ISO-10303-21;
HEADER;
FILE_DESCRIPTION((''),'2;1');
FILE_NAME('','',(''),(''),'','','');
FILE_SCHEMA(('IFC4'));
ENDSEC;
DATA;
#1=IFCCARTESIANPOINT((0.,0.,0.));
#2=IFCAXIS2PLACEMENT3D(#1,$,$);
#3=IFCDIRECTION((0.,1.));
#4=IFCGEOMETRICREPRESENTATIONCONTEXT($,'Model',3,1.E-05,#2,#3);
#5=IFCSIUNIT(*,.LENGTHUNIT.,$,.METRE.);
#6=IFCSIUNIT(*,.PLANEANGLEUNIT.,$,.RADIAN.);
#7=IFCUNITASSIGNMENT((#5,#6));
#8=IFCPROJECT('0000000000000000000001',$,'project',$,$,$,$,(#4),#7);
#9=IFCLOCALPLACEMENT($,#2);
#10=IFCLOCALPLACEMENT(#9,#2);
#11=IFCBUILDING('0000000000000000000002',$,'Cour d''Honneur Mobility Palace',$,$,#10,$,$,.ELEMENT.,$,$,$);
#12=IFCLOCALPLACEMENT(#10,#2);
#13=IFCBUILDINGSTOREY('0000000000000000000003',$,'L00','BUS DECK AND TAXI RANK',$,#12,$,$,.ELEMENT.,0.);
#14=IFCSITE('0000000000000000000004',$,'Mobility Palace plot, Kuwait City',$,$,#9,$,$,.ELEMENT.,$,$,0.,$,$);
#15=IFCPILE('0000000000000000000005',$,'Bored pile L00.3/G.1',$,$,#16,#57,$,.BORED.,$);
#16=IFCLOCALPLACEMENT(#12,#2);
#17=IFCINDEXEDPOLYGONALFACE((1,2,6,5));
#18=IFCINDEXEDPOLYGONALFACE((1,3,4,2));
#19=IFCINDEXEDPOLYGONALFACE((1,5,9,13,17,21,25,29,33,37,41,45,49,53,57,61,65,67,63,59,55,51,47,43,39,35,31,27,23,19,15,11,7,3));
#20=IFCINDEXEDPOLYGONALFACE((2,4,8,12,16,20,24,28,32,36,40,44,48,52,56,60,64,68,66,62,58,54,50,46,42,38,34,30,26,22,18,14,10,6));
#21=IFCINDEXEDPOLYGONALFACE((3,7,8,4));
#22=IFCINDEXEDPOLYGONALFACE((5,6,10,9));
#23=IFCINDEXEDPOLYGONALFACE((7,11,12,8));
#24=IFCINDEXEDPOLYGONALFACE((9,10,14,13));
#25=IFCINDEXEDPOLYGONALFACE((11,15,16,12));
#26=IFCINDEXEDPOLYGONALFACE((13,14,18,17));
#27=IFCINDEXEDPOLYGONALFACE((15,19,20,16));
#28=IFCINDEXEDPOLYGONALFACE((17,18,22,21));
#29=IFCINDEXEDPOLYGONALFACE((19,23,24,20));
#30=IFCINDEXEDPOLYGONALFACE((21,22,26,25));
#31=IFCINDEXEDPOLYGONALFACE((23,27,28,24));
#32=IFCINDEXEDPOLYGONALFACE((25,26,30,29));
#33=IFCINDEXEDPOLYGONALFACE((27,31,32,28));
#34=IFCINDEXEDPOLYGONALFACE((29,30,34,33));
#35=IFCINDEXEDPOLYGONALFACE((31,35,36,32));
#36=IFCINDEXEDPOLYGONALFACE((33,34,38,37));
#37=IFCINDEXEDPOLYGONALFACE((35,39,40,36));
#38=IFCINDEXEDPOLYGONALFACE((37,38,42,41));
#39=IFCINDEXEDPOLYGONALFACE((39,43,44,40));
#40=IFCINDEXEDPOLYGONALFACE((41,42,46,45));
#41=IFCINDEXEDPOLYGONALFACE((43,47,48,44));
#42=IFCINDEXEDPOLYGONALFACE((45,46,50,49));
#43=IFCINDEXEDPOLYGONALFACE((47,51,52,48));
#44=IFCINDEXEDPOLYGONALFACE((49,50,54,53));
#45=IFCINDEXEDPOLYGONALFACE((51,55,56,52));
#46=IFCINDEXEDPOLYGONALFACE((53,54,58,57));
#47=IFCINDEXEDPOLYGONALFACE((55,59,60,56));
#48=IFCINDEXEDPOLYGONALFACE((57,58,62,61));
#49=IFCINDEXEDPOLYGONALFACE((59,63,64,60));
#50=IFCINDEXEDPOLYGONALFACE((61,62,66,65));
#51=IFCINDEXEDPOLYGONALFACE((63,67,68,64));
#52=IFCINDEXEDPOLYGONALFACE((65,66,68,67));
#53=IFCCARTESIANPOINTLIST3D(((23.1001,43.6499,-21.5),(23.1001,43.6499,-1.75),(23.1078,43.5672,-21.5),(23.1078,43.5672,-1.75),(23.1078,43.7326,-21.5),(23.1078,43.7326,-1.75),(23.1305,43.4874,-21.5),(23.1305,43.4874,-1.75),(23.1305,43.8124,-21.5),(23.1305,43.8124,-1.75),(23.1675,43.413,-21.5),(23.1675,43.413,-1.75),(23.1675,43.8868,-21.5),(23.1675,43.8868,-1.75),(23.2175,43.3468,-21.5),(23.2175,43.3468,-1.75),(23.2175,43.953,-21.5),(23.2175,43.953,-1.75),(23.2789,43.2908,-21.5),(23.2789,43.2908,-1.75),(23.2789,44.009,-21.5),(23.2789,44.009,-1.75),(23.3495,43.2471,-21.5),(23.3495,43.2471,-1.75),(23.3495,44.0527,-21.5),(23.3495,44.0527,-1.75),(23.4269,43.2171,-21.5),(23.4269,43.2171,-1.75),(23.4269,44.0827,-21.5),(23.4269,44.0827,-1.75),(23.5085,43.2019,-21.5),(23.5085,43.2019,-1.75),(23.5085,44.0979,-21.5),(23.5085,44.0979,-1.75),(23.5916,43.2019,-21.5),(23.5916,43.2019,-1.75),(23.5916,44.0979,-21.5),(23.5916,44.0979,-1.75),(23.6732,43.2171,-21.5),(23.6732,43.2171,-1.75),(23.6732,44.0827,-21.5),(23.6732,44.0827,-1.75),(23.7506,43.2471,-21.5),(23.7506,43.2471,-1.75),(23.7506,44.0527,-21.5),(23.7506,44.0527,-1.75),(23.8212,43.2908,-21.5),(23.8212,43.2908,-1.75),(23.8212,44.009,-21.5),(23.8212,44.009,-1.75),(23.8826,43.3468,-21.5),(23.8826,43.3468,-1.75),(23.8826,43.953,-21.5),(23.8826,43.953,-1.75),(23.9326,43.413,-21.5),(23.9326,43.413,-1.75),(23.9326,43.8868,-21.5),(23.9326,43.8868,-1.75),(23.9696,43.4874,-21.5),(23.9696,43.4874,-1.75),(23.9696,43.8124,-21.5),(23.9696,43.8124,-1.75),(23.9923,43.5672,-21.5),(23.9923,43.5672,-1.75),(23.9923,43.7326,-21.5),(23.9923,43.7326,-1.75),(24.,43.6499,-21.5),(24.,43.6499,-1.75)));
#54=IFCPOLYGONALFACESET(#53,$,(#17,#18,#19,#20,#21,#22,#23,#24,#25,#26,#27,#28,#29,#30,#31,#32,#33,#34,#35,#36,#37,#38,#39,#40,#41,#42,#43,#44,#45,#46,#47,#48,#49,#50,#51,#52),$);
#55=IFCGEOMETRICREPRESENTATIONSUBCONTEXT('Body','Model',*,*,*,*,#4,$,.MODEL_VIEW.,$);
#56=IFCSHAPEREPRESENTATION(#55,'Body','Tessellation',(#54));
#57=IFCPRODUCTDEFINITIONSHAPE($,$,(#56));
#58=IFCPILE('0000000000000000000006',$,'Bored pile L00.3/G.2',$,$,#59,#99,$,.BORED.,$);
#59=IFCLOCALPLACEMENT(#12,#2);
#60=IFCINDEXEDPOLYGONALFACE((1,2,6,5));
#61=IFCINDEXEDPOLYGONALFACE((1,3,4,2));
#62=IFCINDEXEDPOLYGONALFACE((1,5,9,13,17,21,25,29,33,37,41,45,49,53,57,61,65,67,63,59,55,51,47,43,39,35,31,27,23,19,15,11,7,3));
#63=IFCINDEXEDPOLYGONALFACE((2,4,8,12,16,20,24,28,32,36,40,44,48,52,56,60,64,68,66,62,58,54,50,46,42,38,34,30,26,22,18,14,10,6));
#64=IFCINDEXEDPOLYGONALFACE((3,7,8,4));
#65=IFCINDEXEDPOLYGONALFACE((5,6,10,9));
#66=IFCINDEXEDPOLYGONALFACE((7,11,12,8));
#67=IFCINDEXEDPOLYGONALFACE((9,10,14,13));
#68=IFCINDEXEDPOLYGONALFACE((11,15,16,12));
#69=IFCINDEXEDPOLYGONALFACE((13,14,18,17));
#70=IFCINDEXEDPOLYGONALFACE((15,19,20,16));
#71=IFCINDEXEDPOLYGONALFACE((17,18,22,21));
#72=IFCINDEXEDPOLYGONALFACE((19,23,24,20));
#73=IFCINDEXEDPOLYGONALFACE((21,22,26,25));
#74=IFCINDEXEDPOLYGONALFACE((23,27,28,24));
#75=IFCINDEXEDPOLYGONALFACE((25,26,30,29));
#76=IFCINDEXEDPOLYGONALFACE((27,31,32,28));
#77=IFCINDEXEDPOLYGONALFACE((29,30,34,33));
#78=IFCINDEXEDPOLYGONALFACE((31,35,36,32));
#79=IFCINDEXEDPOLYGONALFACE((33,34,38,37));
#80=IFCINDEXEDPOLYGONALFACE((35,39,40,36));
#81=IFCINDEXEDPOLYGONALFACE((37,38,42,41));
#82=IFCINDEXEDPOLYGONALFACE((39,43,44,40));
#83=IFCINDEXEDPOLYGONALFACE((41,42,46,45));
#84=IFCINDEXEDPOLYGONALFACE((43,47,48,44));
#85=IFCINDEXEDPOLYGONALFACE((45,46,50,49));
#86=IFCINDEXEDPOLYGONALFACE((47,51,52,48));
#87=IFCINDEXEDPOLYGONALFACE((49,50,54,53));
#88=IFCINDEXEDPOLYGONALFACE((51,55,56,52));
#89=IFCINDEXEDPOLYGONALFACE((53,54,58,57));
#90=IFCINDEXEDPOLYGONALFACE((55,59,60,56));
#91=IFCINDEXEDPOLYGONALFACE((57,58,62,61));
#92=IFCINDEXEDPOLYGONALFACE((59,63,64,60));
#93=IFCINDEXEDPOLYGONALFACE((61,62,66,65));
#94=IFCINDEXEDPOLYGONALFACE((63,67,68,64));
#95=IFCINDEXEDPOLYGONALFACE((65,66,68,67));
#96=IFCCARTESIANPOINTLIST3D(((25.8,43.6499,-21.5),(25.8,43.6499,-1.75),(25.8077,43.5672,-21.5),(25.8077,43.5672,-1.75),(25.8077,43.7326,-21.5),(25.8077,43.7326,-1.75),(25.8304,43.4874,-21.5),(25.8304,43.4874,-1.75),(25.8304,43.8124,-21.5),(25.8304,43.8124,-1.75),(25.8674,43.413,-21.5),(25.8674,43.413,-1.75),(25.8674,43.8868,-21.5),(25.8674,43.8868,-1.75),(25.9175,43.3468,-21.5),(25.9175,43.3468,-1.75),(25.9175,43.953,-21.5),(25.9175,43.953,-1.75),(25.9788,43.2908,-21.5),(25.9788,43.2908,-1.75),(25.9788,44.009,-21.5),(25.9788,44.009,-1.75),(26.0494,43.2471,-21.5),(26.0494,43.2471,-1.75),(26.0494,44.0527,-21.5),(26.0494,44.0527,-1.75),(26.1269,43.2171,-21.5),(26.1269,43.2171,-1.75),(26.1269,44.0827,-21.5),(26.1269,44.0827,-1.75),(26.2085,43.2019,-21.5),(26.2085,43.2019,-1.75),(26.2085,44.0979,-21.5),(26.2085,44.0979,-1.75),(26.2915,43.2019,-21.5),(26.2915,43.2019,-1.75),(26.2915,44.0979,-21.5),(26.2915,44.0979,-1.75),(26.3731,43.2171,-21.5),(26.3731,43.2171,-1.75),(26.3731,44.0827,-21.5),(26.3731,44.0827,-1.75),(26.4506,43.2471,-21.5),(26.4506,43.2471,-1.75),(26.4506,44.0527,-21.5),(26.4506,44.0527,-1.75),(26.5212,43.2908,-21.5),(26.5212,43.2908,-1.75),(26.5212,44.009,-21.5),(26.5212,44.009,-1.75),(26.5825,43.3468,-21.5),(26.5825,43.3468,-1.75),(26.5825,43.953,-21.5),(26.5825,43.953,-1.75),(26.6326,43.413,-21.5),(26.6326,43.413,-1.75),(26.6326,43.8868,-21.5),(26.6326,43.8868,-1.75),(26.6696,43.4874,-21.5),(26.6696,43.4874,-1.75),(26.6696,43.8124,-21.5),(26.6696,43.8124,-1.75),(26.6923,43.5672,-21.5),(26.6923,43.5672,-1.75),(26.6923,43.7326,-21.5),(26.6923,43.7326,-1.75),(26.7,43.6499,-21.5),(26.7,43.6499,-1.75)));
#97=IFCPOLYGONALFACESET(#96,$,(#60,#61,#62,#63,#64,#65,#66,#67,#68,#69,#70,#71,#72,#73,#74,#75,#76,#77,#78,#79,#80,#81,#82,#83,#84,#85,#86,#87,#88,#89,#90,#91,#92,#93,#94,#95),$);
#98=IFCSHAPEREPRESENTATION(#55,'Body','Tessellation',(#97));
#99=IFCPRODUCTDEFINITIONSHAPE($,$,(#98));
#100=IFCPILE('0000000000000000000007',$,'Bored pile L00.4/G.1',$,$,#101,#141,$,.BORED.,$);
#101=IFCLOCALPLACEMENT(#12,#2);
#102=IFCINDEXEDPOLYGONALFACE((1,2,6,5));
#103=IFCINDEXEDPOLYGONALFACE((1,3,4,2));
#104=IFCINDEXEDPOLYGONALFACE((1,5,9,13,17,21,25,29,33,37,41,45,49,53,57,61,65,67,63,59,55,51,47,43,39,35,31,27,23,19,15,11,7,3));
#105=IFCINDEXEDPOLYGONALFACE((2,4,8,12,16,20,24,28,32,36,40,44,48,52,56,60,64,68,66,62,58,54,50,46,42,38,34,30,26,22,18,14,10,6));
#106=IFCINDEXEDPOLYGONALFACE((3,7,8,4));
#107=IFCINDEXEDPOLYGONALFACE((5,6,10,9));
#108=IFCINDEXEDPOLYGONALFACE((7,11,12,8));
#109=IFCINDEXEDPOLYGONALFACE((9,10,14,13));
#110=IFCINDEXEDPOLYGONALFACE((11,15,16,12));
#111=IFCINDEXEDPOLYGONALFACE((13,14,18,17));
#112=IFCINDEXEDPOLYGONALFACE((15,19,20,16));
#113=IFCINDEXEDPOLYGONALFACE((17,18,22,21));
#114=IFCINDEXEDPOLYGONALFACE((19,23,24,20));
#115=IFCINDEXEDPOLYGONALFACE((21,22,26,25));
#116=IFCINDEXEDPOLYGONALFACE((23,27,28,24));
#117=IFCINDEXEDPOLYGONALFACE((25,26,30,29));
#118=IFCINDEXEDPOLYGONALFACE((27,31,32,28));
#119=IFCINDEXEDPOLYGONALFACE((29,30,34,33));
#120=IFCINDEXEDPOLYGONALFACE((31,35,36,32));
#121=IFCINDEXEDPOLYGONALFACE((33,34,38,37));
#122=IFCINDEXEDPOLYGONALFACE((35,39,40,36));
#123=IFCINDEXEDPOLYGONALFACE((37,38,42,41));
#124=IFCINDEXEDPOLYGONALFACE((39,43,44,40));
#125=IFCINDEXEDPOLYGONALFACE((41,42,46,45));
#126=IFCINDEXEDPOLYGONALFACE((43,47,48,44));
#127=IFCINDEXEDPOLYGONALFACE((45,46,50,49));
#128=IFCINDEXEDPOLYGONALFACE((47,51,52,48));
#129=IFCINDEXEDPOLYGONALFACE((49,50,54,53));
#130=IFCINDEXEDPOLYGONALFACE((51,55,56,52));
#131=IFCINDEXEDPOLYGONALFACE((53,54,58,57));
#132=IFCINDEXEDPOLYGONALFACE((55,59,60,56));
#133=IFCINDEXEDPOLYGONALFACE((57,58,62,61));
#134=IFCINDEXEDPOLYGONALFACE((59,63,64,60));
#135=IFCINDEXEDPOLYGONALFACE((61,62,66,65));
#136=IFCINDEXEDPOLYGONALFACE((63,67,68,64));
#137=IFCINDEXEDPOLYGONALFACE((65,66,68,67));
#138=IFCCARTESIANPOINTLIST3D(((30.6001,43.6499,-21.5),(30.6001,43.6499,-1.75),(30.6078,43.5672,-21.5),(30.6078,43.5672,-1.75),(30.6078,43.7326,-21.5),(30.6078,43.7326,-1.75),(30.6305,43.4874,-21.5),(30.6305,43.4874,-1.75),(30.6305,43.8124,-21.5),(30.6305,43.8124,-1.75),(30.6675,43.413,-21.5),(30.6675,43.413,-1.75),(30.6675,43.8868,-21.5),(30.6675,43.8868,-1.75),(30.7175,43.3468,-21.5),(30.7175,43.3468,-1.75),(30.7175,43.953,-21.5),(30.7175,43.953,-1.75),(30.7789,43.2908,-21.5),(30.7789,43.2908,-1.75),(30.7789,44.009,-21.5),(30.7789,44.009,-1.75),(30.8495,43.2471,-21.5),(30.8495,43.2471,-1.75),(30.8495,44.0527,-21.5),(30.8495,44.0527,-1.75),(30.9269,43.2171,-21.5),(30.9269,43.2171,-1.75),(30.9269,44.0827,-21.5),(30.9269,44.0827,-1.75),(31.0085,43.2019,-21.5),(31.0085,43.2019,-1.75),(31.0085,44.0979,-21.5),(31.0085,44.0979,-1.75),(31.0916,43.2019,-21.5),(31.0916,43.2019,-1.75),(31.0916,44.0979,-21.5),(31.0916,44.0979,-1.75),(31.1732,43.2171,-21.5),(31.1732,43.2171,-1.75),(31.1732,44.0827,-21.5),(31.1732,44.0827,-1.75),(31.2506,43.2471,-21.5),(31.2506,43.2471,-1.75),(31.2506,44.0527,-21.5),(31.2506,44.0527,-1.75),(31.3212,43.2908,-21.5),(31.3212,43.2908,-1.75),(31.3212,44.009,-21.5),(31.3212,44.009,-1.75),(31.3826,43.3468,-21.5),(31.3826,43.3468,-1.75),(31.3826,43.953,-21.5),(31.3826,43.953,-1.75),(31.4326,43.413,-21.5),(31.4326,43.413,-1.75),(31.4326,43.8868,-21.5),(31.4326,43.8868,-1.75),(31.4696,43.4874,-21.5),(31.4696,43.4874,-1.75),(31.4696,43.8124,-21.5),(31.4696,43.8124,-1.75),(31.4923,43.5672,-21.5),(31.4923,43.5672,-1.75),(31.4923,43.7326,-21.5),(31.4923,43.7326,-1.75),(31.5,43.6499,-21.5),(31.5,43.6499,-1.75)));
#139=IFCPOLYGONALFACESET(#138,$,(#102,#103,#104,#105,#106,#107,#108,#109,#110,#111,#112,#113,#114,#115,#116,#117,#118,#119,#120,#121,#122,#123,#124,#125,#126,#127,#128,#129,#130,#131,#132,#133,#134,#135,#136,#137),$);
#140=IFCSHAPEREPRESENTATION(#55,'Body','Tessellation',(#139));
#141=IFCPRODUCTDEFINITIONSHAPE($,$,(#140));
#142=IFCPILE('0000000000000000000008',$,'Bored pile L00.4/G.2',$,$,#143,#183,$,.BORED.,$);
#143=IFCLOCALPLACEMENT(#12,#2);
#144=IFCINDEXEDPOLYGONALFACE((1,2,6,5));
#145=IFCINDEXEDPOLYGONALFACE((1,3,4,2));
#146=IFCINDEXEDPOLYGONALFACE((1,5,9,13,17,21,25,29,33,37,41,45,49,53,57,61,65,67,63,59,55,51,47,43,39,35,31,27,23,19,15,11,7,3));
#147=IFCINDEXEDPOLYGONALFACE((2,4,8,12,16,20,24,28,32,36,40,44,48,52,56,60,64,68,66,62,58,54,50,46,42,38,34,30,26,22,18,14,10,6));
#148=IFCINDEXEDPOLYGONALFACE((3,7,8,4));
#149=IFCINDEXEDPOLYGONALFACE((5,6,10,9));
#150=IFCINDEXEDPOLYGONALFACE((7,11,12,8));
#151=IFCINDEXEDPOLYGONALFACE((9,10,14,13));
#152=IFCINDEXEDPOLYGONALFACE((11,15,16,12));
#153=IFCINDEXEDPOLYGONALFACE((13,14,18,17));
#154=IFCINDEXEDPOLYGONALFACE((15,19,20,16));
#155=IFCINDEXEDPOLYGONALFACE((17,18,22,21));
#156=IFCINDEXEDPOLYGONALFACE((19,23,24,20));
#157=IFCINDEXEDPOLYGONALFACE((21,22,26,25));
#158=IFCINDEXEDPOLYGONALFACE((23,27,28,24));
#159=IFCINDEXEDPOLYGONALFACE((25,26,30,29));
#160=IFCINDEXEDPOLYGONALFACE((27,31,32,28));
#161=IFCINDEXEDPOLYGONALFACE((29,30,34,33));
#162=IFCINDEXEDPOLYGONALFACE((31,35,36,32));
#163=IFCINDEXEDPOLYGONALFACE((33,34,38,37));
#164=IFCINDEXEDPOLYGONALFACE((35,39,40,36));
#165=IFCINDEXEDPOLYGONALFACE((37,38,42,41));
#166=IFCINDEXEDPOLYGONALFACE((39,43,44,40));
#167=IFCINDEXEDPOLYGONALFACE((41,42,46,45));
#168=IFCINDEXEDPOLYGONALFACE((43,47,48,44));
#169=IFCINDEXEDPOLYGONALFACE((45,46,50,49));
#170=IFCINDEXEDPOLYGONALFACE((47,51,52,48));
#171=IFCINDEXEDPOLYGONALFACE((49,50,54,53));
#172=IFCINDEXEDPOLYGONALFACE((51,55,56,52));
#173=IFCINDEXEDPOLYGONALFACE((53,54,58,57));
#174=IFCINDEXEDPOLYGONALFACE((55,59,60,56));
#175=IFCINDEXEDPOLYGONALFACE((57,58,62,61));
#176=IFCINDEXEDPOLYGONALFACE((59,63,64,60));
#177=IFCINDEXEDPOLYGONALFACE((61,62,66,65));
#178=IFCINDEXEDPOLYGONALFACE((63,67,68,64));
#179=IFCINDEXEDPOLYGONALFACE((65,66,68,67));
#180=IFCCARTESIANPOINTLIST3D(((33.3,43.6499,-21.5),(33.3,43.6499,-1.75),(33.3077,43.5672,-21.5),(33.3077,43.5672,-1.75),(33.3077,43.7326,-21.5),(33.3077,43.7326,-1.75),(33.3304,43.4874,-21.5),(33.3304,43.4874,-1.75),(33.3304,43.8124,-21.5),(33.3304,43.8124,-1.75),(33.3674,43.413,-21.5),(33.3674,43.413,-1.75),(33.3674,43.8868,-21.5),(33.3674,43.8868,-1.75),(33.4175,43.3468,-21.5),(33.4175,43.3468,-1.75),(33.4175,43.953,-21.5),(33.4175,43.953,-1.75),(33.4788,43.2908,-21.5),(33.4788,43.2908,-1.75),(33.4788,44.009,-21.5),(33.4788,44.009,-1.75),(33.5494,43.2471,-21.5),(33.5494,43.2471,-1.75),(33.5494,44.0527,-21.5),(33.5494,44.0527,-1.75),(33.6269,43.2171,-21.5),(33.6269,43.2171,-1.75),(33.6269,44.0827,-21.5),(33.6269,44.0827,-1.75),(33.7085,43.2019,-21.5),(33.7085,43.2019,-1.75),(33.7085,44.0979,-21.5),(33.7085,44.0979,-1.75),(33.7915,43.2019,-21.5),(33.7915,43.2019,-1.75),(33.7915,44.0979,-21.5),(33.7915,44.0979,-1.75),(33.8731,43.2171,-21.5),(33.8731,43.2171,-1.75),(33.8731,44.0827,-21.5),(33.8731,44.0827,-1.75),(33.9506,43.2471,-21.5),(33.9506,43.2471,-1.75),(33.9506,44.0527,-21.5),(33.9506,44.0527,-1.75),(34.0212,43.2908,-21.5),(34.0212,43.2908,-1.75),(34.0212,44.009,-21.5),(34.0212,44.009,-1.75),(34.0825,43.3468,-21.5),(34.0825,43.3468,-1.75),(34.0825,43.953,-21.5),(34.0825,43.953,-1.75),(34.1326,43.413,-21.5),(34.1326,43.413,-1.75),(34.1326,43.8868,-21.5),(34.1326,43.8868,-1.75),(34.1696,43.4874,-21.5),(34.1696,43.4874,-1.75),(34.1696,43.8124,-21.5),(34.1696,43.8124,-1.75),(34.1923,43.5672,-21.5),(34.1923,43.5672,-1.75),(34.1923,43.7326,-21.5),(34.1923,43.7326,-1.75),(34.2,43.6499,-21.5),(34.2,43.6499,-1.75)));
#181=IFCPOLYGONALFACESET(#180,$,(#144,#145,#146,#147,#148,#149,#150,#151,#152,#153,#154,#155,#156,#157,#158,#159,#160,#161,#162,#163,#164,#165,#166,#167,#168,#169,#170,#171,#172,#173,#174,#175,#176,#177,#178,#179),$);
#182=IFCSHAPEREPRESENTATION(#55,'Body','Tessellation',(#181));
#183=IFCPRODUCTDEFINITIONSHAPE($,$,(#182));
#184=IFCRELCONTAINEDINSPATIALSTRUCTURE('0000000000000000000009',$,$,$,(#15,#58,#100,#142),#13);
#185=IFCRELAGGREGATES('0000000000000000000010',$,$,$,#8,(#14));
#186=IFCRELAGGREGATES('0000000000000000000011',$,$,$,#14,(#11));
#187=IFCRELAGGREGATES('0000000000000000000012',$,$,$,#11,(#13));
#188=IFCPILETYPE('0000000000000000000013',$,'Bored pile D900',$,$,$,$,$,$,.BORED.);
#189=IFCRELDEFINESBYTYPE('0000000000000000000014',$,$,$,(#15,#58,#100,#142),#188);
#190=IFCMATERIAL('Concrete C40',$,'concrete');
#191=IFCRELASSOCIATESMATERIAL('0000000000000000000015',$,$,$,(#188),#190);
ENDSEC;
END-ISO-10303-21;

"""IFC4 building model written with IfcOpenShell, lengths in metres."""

from ifc_helpers import new_model, si_unit, direction, frame, origin, origin_2d, place, context, subcontext, project, spatial, circle, extrude, material, material_profile, profile_set, type_object, element, save


model = new_model("IFC4")

# Units and contexts
model_context = context("Model", 3, precision=1e-05, world=origin(), true_north=direction((0.0, 1.0)))
body_context = subcontext(model_context, "Body", "Model", "MODEL_VIEW")
ifc_project = project(units=[si_unit("LENGTHUNIT", "METRE"), si_unit("PLANEANGLEUNIT", "RADIAN")], contexts=[model_context])

# Site, building, storey
site_placement = place(None, origin())
site = spatial("IfcSite", under=ifc_project, at=site_placement, Name="Mobility Palace plot, Kuwait City", CompositionType="ELEMENT", RefElevation=0.0)
building_placement = place(site_placement, origin())
building = spatial("IfcBuilding", under=site, at=building_placement, Name="Cour d'Honneur Mobility Palace", CompositionType="ELEMENT")
storey_placement = place(building_placement, origin())
storey = spatial("IfcBuildingStorey", under=building, at=storey_placement, Name="L00", Description="BUS DECK AND TAXI RANK", CompositionType="ELEMENT", Elevation=0.0)

# Piles
ifc_material_1 = material(Name="Concrete C40", Category="concrete")
ifc_material_profile = material_profile(ifc_material_1, circle(Radius=0.45, at=origin_2d()), Name="Bored pile D900")
ifc_profile_set = profile_set([ifc_material_profile], Name="Concrete C40")
pile_type = type_object("IfcPileType", Name="Bored pile D900", PredefinedType="BORED", material=ifc_profile_set)
for number, where, z_axis, x_axis, name in (
    (1, (23.55, 43.6499, -1.75), (0.0, 0.0, -1.0), (1.0, 0.0, 0.0), "Bored pile L00.3/G.1"),
    (2, (26.25, 43.6499, -1.75), (0.0, 0.0, -1.0), (1.0, 0.0, 0.0), "Bored pile L00.3/G.2"),
    (3, (31.05, 43.6499, -1.75), (0.0, 0.0, -1.0), (1.0, 0.0, 0.0), "Bored pile L00.4/G.1"),
    (4, (33.75, 43.6499, -1.75), (0.0, 0.0, -1.0), (1.0, 0.0, 0.0), "Bored pile L00.4/G.2"),
):
    element("IfcPile", number, at=place(storey_placement, frame(where, z_axis=z_axis, x_axis=x_axis)), inside=storey, type_object=pile_type, Name=name, PredefinedType="BORED", context=body_context, shape_type="SweptSolid", body=[
        extrude(circle(Radius=0.45, at=origin_2d()), origin(), (0.0, 0.0, 1.0), 19.75),
    ])

save(model, "model.ifc")
